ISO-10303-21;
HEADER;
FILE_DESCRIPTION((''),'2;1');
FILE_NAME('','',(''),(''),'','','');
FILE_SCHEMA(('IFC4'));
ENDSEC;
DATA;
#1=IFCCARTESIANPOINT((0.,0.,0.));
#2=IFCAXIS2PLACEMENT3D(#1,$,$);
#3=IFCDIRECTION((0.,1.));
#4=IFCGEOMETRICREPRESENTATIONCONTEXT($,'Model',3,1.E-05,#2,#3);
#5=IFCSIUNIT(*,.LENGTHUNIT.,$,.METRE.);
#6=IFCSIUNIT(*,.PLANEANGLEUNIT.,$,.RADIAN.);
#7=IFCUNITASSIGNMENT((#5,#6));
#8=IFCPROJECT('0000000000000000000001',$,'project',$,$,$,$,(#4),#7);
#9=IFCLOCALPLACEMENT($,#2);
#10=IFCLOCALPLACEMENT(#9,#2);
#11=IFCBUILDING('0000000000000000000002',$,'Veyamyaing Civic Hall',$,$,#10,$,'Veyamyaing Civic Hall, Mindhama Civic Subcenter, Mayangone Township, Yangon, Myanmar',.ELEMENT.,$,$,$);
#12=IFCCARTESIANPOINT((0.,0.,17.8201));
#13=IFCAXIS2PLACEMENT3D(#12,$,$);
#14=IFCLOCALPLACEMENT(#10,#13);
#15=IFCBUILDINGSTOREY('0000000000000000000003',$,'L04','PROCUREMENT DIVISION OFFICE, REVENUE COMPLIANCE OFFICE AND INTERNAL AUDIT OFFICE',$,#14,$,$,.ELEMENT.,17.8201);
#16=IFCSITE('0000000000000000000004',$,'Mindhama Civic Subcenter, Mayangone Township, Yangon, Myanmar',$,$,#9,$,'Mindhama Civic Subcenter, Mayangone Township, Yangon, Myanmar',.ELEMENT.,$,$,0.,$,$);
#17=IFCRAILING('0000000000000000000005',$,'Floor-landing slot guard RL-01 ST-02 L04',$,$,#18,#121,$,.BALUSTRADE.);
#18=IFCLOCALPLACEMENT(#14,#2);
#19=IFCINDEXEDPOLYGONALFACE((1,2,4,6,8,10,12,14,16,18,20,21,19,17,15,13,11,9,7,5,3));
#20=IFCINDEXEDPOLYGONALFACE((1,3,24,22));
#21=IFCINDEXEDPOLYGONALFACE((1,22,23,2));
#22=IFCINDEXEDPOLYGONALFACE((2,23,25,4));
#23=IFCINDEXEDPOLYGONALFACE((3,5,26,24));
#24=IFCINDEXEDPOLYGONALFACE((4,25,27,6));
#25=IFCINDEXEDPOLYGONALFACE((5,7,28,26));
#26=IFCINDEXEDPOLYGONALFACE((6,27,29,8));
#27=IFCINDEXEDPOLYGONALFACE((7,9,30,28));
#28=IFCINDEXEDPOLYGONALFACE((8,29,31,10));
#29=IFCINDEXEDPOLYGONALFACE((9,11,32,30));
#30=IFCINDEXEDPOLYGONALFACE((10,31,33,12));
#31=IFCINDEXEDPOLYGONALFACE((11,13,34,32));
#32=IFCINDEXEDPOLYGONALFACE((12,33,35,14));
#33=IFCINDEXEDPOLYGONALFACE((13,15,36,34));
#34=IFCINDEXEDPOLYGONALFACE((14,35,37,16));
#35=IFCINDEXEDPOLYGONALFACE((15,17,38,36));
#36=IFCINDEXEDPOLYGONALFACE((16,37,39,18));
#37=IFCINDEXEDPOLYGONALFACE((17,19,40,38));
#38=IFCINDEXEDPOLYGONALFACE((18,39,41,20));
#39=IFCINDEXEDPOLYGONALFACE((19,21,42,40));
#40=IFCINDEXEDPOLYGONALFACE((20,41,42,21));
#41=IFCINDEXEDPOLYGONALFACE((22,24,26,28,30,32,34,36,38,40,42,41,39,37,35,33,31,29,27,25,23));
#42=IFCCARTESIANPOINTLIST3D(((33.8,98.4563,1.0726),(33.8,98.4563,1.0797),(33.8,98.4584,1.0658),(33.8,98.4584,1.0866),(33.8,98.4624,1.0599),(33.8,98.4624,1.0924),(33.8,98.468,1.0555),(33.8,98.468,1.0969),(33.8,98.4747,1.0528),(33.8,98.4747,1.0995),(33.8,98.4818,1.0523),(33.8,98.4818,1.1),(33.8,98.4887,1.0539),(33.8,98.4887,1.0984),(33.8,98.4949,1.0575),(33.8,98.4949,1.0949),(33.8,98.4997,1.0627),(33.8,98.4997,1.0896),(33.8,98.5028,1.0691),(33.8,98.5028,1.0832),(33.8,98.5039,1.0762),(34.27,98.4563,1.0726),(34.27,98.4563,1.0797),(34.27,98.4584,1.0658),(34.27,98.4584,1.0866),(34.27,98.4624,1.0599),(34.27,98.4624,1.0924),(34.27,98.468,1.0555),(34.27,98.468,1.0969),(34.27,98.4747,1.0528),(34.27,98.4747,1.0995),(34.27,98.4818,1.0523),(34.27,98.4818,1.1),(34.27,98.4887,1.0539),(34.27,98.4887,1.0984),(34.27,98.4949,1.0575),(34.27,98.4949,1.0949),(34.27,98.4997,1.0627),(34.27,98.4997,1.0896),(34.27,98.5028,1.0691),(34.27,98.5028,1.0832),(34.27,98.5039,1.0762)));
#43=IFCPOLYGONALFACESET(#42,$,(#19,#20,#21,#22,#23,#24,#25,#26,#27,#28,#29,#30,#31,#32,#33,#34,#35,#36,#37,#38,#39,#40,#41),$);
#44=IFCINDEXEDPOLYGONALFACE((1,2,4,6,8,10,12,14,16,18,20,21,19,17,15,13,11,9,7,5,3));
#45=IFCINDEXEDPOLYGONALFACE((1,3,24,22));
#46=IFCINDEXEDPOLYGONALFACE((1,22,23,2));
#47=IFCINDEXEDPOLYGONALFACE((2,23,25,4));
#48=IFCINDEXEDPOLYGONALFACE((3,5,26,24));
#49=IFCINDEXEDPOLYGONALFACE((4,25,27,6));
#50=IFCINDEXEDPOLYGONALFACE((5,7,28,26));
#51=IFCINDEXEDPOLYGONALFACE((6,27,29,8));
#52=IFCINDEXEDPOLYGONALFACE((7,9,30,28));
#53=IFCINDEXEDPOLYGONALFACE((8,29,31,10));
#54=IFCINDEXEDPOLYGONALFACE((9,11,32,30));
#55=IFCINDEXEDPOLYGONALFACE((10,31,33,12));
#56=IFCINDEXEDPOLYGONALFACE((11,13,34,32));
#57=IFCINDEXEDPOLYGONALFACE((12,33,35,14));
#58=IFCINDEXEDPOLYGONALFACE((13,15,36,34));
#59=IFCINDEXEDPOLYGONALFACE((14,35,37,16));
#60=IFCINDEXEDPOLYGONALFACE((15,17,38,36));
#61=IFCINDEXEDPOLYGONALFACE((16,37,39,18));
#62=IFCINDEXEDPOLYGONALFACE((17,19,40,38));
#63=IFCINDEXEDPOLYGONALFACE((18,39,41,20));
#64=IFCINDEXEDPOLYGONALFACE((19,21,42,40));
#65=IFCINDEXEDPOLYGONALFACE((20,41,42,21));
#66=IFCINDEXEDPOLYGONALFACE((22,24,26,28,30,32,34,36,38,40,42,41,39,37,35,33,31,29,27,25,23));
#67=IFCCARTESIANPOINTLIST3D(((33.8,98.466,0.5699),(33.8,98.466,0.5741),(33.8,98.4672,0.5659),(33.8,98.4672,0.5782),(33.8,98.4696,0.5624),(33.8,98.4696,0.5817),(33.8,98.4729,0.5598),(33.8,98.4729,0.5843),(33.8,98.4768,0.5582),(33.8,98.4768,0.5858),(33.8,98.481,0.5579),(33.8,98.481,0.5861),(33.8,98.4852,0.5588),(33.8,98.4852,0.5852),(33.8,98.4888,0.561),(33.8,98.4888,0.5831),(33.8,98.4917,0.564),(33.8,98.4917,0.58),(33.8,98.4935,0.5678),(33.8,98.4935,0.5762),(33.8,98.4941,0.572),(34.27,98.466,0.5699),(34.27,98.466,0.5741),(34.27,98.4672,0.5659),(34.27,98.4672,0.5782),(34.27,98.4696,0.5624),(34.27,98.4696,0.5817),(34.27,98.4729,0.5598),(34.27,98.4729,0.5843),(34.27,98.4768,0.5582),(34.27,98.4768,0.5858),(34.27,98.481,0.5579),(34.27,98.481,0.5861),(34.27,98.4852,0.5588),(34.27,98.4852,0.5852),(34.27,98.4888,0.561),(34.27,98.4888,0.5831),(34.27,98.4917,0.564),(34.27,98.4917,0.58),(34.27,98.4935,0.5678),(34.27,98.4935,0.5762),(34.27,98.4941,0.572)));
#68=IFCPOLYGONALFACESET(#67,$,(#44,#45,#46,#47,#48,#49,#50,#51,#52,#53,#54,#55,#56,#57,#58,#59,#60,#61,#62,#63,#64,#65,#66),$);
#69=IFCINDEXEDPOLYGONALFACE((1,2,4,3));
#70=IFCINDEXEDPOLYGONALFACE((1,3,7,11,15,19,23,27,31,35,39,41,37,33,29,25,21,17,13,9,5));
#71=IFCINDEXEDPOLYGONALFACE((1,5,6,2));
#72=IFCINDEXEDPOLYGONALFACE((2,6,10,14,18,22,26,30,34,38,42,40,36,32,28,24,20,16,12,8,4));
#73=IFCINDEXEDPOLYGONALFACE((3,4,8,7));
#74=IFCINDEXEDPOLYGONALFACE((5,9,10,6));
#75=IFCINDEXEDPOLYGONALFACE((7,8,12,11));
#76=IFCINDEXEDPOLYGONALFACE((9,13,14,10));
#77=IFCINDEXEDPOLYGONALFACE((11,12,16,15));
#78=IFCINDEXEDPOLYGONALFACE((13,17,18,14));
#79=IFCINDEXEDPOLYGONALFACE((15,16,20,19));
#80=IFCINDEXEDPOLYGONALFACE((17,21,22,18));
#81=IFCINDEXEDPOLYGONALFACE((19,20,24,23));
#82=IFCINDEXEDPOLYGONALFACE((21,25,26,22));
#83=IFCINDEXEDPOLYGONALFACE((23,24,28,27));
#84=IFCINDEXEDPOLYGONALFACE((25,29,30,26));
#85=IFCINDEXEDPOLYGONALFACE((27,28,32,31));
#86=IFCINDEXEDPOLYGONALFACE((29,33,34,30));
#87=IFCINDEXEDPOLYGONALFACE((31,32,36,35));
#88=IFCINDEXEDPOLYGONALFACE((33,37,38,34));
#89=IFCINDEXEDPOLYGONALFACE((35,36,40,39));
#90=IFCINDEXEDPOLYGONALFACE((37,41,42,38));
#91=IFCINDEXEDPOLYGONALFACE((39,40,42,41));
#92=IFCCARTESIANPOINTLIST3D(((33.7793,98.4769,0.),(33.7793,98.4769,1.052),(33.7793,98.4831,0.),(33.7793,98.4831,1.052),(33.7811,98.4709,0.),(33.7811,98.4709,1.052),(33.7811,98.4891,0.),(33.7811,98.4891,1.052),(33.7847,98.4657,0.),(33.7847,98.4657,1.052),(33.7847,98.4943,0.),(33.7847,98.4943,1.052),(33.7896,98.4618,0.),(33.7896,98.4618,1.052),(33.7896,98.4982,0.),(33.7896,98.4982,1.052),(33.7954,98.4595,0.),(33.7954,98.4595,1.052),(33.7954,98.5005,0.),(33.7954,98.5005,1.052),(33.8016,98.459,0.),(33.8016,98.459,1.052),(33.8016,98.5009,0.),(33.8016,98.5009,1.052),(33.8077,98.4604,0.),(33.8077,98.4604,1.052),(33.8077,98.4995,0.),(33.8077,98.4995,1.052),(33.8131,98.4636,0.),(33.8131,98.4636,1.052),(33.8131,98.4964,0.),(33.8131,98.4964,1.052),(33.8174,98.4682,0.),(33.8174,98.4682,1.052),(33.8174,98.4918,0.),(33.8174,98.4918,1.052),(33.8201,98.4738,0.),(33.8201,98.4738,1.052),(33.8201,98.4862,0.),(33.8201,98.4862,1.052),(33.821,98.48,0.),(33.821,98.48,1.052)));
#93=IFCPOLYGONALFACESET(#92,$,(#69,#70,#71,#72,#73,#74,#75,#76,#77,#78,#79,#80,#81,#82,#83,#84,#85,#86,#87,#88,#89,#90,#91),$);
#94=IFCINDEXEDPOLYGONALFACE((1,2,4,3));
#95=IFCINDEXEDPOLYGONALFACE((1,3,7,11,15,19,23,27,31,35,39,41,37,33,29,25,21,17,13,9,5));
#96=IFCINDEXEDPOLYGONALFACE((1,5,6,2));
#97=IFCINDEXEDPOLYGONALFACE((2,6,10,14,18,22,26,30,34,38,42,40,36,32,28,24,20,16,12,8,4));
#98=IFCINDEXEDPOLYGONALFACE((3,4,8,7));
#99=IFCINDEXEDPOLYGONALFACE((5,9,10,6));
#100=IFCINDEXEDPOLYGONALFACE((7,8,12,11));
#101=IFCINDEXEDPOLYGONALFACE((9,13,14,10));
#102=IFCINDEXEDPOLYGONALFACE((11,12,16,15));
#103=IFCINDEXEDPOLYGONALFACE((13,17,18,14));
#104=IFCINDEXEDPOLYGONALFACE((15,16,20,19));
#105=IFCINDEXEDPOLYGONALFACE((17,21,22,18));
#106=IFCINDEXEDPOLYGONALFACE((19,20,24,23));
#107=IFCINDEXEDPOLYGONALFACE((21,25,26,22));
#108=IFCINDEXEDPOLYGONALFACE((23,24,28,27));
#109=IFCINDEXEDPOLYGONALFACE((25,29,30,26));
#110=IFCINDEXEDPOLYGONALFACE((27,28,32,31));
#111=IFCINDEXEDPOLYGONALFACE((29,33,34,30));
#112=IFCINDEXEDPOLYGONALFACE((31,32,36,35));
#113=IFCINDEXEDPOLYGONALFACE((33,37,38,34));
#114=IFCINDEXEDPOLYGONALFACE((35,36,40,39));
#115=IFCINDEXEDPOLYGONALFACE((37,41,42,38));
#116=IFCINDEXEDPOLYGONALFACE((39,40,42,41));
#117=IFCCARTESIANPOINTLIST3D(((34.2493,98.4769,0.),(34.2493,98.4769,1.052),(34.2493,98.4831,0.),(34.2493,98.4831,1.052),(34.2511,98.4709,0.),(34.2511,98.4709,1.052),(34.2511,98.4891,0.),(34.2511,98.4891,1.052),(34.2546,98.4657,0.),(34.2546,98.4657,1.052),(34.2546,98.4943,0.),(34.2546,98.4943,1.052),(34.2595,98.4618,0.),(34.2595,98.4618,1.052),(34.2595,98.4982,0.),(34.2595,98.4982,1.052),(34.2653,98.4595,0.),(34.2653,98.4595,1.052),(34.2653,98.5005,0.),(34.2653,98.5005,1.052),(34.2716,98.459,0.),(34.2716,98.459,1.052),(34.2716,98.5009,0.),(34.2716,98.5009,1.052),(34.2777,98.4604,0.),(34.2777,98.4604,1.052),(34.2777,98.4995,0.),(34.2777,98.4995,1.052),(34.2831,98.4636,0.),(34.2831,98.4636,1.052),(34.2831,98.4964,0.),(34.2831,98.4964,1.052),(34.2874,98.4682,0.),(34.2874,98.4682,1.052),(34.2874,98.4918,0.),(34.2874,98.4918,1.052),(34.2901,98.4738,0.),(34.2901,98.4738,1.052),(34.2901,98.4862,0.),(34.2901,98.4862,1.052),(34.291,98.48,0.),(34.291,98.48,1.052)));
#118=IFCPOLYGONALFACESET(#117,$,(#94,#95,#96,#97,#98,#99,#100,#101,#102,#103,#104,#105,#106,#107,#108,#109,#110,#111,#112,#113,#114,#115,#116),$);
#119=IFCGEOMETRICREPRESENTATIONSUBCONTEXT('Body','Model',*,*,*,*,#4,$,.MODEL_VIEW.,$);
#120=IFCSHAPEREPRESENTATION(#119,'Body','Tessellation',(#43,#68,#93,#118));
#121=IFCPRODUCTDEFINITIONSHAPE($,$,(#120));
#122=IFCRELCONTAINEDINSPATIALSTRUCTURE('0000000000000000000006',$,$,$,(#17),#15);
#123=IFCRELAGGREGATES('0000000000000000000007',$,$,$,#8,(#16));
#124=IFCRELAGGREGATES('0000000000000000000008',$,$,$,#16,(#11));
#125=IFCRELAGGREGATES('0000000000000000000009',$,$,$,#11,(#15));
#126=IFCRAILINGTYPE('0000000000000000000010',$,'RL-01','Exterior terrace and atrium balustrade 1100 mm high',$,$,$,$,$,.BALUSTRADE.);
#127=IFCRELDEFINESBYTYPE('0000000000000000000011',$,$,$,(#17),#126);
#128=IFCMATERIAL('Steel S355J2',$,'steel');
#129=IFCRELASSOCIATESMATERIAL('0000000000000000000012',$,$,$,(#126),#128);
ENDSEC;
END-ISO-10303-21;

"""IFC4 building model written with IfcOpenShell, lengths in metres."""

from ifc_helpers import new_model, si_unit, direction, frame, origin, origin_2d, place, context, subcontext, project, spatial, circle, extrude, material, type_object, element, save


model = new_model("IFC4")

# Units and contexts
model_context = context("Model", 3, precision=1e-05, world=origin(), true_north=direction((0.0, 1.0)))
body_context = subcontext(model_context, "Body", "Model", "MODEL_VIEW")
ifc_project = project(units=[si_unit("LENGTHUNIT", "METRE"), si_unit("PLANEANGLEUNIT", "RADIAN")], contexts=[model_context])

# Site, building, storey
site_placement = place(None, origin())
site = spatial("IfcSite", under=ifc_project, at=site_placement, Name="Mindhama Civic Subcenter, Mayangone Township, Yangon, Myanmar", LongName="Mindhama Civic Subcenter, Mayangone Township, Yangon, Myanmar", CompositionType="ELEMENT", RefElevation=0.0)
building_placement = place(site_placement, origin())
building = spatial("IfcBuilding", under=site, at=building_placement, Name="Veyamyaing Civic Hall", LongName="Veyamyaing Civic Hall, Mindhama Civic Subcenter, Mayangone Township, Yangon, Myanmar", CompositionType="ELEMENT")
storey_placement = place(building_placement, frame((0.0, 0.0, 17.8201)))
storey = spatial("IfcBuildingStorey", under=building, at=storey_placement, Name="L04", Description="PROCUREMENT DIVISION OFFICE, REVENUE COMPLIANCE OFFICE AND INTERNAL AUDIT OFFICE", CompositionType="ELEMENT", Elevation=17.8201)

# Railing
ifc_material_1 = material(Name="Steel S355J2", Category="steel")
railing_type_1 = type_object("IfcRailingType", Name="RL-01", Description="Exterior terrace and atrium balustrade 1100 mm high", PredefinedType="BALUSTRADE", material=ifc_material_1)
railing_1_placement = place(storey_placement, frame((33.8, 98.48, 0.0)))
element("IfcRailing", 1, at=railing_1_placement, inside=storey, type_object=railing_type_1, Name="Floor-landing slot guard RL-01 ST-02 L04", PredefinedType="BALUSTRADE", context=body_context, shape_type="SweptSolid", body=[
    extrude(circle(Radius=0.0239, at=origin_2d()), frame((0.0, 0.0, 1.0762), z_axis=(1.0, 0.0, 0.0), x_axis=(0.0, 1.0, 0.0)), (0.0, 0.0, 1.0), 0.47),
    extrude(circle(Radius=0.0142, at=origin_2d()), frame((0.0, 0.0, 0.572), z_axis=(1.0, 0.0, 0.0), x_axis=(0.0, 1.0, 0.0)), (0.0, 0.0, 1.0), 0.47),
    extrude(circle(Radius=0.021, at=origin_2d()), origin(), (0.0, 0.0, 1.0), 1.052),
    extrude(circle(Radius=0.021, at=origin_2d()), frame((0.47, 0.0, 0.0)), (0.0, 0.0, 1.0), 1.052),
])

save(model, "model.ifc")
